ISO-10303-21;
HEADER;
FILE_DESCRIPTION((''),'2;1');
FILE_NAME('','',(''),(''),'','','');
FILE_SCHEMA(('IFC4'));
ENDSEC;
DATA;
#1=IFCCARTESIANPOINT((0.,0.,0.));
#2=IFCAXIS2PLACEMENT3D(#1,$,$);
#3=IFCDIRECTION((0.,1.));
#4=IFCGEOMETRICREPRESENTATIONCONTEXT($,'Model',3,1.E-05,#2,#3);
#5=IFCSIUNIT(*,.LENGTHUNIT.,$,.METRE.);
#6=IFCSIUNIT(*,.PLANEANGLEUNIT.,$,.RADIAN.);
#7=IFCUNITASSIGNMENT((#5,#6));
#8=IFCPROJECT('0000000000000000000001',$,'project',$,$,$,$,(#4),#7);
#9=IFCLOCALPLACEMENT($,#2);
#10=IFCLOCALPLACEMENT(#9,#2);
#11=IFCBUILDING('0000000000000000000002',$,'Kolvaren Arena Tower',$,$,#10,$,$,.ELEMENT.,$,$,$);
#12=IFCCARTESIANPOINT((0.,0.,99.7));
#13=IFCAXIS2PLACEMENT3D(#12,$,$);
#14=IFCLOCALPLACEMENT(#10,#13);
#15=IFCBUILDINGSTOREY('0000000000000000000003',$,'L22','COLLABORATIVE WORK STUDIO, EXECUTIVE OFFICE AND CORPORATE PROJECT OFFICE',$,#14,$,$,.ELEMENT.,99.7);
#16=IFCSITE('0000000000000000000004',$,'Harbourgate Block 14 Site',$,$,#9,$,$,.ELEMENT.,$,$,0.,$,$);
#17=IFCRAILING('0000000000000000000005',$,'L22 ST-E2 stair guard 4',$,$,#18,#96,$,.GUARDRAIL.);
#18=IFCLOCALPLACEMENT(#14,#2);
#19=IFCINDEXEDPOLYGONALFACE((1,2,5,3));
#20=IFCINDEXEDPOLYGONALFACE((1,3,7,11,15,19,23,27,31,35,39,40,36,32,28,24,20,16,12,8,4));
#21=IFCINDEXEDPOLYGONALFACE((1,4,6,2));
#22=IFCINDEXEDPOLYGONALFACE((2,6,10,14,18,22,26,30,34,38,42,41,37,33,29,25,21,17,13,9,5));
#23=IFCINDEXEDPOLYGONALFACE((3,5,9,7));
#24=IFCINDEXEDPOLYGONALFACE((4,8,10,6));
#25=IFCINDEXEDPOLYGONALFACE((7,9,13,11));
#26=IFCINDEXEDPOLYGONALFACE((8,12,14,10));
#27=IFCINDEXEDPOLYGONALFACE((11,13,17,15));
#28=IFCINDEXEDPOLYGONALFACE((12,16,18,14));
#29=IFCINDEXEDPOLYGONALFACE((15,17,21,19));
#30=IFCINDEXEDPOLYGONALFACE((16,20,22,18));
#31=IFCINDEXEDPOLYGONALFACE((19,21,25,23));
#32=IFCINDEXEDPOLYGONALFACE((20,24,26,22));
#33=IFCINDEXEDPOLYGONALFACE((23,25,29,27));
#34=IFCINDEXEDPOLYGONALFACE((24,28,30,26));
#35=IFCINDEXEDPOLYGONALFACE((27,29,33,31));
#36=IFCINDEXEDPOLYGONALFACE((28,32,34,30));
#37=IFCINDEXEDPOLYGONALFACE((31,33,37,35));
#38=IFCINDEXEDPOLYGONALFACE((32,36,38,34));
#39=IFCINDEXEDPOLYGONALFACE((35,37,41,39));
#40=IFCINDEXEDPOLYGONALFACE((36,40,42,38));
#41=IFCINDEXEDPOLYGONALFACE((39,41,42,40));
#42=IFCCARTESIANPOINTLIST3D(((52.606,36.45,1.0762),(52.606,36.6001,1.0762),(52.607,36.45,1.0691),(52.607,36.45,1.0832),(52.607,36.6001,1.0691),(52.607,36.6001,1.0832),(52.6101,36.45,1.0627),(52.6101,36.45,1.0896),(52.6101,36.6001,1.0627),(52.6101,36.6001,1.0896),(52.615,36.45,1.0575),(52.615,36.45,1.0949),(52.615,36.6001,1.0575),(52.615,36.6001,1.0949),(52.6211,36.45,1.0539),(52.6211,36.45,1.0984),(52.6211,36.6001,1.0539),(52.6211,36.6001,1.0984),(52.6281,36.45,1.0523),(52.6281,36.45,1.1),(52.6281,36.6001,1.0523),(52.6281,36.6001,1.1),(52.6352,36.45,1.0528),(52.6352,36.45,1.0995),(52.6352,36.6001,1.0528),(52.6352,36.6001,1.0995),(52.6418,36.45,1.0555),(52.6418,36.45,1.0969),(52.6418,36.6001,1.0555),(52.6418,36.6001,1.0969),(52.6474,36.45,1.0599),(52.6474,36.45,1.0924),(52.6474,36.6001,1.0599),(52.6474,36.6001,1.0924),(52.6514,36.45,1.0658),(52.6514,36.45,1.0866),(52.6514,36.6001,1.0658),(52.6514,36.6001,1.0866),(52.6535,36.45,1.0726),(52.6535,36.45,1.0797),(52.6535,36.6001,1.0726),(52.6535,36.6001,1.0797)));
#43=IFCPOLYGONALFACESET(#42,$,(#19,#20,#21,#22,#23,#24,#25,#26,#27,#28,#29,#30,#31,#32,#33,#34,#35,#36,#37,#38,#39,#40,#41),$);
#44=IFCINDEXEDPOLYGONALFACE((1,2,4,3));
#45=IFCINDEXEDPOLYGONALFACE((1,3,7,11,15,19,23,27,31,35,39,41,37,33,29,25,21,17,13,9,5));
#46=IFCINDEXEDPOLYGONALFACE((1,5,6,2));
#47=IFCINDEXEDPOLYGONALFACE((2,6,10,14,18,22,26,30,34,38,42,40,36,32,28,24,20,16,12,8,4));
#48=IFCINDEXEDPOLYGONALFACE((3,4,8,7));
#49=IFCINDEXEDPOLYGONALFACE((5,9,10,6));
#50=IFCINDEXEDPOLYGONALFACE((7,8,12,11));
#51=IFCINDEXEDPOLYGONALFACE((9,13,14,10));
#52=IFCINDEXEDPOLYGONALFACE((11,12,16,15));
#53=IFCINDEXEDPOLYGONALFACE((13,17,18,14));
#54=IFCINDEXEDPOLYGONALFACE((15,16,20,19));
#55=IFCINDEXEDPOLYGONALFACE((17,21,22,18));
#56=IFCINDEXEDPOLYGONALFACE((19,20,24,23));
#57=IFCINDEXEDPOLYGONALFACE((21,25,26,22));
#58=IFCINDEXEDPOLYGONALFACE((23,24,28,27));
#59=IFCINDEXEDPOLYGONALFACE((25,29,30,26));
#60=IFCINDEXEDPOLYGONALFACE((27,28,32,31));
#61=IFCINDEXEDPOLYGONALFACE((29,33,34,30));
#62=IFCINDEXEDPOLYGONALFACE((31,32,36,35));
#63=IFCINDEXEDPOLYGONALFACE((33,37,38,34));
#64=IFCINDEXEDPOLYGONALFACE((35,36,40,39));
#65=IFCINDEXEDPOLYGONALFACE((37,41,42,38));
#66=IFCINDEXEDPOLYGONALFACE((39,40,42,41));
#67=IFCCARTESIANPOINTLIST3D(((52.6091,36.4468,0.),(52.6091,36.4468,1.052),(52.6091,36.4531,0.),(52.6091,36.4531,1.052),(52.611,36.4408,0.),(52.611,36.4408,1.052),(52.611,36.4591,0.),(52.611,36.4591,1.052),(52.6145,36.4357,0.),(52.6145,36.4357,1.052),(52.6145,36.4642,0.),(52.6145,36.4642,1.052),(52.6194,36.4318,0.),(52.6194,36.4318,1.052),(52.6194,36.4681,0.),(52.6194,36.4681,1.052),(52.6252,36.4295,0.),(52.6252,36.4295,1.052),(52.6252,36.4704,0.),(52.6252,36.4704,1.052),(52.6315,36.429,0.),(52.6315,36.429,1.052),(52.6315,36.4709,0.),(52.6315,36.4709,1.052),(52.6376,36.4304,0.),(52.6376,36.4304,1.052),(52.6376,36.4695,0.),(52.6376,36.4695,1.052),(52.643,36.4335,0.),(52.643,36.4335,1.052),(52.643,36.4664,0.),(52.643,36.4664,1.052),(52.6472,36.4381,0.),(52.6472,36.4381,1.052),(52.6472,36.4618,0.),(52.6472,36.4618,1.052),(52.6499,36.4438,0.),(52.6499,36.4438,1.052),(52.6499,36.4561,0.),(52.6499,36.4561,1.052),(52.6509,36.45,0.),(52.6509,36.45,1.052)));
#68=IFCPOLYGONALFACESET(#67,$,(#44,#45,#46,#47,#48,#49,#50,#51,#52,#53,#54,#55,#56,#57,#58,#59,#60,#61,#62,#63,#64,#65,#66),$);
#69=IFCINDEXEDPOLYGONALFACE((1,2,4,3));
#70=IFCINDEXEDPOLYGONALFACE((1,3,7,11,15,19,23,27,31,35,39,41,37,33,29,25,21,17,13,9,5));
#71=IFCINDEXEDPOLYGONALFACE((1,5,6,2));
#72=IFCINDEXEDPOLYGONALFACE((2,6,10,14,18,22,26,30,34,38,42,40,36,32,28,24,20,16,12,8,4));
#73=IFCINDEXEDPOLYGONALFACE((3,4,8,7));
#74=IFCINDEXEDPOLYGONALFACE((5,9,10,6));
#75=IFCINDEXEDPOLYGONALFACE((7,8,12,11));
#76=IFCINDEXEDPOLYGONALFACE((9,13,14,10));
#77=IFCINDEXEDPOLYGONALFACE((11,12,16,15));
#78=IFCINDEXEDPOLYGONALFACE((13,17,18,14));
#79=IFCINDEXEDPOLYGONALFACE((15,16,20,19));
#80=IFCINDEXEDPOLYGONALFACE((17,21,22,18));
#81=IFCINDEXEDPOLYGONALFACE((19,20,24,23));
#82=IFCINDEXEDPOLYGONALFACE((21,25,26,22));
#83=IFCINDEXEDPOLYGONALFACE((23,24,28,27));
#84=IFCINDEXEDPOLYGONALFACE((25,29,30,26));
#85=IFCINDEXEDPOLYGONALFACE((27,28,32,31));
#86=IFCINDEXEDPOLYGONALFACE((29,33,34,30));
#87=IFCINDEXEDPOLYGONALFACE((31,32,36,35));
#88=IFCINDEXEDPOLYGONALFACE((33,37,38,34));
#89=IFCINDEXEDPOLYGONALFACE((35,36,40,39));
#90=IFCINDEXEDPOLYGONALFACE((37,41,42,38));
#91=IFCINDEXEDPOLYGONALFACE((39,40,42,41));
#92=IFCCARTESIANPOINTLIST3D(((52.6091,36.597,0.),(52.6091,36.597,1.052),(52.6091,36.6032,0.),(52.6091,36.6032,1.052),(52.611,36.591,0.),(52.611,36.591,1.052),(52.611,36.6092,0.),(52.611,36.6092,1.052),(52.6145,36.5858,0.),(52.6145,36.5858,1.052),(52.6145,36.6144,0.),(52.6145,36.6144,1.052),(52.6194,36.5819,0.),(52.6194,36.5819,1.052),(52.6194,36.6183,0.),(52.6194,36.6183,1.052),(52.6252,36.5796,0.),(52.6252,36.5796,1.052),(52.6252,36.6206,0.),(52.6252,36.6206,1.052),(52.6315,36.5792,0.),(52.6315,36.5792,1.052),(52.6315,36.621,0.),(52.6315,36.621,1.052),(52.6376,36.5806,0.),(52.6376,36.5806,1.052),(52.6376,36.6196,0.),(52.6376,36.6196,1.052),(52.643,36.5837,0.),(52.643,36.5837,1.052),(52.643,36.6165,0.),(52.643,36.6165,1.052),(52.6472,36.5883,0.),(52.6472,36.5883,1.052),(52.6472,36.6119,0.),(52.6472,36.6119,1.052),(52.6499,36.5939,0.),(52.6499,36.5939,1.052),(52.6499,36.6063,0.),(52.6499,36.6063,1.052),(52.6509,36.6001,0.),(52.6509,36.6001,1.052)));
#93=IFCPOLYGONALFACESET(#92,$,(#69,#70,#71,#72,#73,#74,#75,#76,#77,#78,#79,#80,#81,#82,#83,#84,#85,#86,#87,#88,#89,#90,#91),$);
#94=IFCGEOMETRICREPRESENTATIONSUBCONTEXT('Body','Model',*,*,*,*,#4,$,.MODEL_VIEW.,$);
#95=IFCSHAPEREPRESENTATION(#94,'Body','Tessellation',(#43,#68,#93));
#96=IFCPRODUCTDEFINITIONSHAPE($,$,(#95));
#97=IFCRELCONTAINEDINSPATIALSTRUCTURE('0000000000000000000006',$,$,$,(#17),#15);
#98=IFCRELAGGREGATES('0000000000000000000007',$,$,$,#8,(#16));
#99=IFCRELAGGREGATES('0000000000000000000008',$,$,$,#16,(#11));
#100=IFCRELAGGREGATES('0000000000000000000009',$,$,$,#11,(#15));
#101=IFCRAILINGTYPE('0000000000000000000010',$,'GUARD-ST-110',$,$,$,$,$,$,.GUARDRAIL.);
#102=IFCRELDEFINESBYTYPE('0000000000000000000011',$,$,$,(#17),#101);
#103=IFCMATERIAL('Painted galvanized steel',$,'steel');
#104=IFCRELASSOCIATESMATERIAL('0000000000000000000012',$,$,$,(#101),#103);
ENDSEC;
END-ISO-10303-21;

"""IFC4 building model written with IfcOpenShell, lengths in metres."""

from ifc_helpers import new_model, si_unit, direction, frame, origin, origin_2d, place, context, subcontext, project, spatial, circle, extrude, material, type_object, element, save


model = new_model("IFC4")

# Units and contexts
model_context = context("Model", 3, precision=1e-05, world=origin(), true_north=direction((0.0, 1.0)))
body_context = subcontext(model_context, "Body", "Model", "MODEL_VIEW")
ifc_project = project(units=[si_unit("LENGTHUNIT", "METRE"), si_unit("PLANEANGLEUNIT", "RADIAN")], contexts=[model_context])

# Site, building, storey
site_placement = place(None, origin())
site = spatial("IfcSite", under=ifc_project, at=site_placement, Name="Harbourgate Block 14 Site", CompositionType="ELEMENT", RefElevation=0.0)
building_placement = place(site_placement, origin())
building = spatial("IfcBuilding", under=site, at=building_placement, Name="Kolvaren Arena Tower", CompositionType="ELEMENT")
storey_placement = place(building_placement, frame((0.0, 0.0, 99.7)))
storey = spatial("IfcBuildingStorey", under=building, at=storey_placement, Name="L22", Description="COLLABORATIVE WORK STUDIO, EXECUTIVE OFFICE AND CORPORATE PROJECT OFFICE", CompositionType="ELEMENT", Elevation=99.7)

# Railing
ifc_material_1 = material(Name="Painted galvanized steel", Category="steel")
railing_type_1 = type_object("IfcRailingType", Name="GUARD-ST-110", PredefinedType="GUARDRAIL", material=ifc_material_1)
railing_1_placement = place(storey_placement, frame((52.6299, 36.45, 0.0)))
element("IfcRailing", 1, at=railing_1_placement, inside=storey, type_object=railing_type_1, Name="L22 ST-E2 stair guard 4", PredefinedType="GUARDRAIL", context=body_context, shape_type="SweptSolid", body=[
    extrude(circle(Radius=0.0239, at=origin_2d()), frame((0.0, 0.0, 1.0762), z_axis=(0.0, 1.0, 0.0), x_axis=(-1.0, 0.0, 0.0)), (0.0, 0.0, 1.0), 0.1501),
    extrude(circle(Radius=0.021, at=origin_2d()), origin(), (0.0, 0.0, 1.0), 1.052),
    extrude(circle(Radius=0.021, at=origin_2d()), frame((0.0, 0.1501, 0.0)), (0.0, 0.0, 1.0), 1.052),
])

save(model, "model.ifc")
